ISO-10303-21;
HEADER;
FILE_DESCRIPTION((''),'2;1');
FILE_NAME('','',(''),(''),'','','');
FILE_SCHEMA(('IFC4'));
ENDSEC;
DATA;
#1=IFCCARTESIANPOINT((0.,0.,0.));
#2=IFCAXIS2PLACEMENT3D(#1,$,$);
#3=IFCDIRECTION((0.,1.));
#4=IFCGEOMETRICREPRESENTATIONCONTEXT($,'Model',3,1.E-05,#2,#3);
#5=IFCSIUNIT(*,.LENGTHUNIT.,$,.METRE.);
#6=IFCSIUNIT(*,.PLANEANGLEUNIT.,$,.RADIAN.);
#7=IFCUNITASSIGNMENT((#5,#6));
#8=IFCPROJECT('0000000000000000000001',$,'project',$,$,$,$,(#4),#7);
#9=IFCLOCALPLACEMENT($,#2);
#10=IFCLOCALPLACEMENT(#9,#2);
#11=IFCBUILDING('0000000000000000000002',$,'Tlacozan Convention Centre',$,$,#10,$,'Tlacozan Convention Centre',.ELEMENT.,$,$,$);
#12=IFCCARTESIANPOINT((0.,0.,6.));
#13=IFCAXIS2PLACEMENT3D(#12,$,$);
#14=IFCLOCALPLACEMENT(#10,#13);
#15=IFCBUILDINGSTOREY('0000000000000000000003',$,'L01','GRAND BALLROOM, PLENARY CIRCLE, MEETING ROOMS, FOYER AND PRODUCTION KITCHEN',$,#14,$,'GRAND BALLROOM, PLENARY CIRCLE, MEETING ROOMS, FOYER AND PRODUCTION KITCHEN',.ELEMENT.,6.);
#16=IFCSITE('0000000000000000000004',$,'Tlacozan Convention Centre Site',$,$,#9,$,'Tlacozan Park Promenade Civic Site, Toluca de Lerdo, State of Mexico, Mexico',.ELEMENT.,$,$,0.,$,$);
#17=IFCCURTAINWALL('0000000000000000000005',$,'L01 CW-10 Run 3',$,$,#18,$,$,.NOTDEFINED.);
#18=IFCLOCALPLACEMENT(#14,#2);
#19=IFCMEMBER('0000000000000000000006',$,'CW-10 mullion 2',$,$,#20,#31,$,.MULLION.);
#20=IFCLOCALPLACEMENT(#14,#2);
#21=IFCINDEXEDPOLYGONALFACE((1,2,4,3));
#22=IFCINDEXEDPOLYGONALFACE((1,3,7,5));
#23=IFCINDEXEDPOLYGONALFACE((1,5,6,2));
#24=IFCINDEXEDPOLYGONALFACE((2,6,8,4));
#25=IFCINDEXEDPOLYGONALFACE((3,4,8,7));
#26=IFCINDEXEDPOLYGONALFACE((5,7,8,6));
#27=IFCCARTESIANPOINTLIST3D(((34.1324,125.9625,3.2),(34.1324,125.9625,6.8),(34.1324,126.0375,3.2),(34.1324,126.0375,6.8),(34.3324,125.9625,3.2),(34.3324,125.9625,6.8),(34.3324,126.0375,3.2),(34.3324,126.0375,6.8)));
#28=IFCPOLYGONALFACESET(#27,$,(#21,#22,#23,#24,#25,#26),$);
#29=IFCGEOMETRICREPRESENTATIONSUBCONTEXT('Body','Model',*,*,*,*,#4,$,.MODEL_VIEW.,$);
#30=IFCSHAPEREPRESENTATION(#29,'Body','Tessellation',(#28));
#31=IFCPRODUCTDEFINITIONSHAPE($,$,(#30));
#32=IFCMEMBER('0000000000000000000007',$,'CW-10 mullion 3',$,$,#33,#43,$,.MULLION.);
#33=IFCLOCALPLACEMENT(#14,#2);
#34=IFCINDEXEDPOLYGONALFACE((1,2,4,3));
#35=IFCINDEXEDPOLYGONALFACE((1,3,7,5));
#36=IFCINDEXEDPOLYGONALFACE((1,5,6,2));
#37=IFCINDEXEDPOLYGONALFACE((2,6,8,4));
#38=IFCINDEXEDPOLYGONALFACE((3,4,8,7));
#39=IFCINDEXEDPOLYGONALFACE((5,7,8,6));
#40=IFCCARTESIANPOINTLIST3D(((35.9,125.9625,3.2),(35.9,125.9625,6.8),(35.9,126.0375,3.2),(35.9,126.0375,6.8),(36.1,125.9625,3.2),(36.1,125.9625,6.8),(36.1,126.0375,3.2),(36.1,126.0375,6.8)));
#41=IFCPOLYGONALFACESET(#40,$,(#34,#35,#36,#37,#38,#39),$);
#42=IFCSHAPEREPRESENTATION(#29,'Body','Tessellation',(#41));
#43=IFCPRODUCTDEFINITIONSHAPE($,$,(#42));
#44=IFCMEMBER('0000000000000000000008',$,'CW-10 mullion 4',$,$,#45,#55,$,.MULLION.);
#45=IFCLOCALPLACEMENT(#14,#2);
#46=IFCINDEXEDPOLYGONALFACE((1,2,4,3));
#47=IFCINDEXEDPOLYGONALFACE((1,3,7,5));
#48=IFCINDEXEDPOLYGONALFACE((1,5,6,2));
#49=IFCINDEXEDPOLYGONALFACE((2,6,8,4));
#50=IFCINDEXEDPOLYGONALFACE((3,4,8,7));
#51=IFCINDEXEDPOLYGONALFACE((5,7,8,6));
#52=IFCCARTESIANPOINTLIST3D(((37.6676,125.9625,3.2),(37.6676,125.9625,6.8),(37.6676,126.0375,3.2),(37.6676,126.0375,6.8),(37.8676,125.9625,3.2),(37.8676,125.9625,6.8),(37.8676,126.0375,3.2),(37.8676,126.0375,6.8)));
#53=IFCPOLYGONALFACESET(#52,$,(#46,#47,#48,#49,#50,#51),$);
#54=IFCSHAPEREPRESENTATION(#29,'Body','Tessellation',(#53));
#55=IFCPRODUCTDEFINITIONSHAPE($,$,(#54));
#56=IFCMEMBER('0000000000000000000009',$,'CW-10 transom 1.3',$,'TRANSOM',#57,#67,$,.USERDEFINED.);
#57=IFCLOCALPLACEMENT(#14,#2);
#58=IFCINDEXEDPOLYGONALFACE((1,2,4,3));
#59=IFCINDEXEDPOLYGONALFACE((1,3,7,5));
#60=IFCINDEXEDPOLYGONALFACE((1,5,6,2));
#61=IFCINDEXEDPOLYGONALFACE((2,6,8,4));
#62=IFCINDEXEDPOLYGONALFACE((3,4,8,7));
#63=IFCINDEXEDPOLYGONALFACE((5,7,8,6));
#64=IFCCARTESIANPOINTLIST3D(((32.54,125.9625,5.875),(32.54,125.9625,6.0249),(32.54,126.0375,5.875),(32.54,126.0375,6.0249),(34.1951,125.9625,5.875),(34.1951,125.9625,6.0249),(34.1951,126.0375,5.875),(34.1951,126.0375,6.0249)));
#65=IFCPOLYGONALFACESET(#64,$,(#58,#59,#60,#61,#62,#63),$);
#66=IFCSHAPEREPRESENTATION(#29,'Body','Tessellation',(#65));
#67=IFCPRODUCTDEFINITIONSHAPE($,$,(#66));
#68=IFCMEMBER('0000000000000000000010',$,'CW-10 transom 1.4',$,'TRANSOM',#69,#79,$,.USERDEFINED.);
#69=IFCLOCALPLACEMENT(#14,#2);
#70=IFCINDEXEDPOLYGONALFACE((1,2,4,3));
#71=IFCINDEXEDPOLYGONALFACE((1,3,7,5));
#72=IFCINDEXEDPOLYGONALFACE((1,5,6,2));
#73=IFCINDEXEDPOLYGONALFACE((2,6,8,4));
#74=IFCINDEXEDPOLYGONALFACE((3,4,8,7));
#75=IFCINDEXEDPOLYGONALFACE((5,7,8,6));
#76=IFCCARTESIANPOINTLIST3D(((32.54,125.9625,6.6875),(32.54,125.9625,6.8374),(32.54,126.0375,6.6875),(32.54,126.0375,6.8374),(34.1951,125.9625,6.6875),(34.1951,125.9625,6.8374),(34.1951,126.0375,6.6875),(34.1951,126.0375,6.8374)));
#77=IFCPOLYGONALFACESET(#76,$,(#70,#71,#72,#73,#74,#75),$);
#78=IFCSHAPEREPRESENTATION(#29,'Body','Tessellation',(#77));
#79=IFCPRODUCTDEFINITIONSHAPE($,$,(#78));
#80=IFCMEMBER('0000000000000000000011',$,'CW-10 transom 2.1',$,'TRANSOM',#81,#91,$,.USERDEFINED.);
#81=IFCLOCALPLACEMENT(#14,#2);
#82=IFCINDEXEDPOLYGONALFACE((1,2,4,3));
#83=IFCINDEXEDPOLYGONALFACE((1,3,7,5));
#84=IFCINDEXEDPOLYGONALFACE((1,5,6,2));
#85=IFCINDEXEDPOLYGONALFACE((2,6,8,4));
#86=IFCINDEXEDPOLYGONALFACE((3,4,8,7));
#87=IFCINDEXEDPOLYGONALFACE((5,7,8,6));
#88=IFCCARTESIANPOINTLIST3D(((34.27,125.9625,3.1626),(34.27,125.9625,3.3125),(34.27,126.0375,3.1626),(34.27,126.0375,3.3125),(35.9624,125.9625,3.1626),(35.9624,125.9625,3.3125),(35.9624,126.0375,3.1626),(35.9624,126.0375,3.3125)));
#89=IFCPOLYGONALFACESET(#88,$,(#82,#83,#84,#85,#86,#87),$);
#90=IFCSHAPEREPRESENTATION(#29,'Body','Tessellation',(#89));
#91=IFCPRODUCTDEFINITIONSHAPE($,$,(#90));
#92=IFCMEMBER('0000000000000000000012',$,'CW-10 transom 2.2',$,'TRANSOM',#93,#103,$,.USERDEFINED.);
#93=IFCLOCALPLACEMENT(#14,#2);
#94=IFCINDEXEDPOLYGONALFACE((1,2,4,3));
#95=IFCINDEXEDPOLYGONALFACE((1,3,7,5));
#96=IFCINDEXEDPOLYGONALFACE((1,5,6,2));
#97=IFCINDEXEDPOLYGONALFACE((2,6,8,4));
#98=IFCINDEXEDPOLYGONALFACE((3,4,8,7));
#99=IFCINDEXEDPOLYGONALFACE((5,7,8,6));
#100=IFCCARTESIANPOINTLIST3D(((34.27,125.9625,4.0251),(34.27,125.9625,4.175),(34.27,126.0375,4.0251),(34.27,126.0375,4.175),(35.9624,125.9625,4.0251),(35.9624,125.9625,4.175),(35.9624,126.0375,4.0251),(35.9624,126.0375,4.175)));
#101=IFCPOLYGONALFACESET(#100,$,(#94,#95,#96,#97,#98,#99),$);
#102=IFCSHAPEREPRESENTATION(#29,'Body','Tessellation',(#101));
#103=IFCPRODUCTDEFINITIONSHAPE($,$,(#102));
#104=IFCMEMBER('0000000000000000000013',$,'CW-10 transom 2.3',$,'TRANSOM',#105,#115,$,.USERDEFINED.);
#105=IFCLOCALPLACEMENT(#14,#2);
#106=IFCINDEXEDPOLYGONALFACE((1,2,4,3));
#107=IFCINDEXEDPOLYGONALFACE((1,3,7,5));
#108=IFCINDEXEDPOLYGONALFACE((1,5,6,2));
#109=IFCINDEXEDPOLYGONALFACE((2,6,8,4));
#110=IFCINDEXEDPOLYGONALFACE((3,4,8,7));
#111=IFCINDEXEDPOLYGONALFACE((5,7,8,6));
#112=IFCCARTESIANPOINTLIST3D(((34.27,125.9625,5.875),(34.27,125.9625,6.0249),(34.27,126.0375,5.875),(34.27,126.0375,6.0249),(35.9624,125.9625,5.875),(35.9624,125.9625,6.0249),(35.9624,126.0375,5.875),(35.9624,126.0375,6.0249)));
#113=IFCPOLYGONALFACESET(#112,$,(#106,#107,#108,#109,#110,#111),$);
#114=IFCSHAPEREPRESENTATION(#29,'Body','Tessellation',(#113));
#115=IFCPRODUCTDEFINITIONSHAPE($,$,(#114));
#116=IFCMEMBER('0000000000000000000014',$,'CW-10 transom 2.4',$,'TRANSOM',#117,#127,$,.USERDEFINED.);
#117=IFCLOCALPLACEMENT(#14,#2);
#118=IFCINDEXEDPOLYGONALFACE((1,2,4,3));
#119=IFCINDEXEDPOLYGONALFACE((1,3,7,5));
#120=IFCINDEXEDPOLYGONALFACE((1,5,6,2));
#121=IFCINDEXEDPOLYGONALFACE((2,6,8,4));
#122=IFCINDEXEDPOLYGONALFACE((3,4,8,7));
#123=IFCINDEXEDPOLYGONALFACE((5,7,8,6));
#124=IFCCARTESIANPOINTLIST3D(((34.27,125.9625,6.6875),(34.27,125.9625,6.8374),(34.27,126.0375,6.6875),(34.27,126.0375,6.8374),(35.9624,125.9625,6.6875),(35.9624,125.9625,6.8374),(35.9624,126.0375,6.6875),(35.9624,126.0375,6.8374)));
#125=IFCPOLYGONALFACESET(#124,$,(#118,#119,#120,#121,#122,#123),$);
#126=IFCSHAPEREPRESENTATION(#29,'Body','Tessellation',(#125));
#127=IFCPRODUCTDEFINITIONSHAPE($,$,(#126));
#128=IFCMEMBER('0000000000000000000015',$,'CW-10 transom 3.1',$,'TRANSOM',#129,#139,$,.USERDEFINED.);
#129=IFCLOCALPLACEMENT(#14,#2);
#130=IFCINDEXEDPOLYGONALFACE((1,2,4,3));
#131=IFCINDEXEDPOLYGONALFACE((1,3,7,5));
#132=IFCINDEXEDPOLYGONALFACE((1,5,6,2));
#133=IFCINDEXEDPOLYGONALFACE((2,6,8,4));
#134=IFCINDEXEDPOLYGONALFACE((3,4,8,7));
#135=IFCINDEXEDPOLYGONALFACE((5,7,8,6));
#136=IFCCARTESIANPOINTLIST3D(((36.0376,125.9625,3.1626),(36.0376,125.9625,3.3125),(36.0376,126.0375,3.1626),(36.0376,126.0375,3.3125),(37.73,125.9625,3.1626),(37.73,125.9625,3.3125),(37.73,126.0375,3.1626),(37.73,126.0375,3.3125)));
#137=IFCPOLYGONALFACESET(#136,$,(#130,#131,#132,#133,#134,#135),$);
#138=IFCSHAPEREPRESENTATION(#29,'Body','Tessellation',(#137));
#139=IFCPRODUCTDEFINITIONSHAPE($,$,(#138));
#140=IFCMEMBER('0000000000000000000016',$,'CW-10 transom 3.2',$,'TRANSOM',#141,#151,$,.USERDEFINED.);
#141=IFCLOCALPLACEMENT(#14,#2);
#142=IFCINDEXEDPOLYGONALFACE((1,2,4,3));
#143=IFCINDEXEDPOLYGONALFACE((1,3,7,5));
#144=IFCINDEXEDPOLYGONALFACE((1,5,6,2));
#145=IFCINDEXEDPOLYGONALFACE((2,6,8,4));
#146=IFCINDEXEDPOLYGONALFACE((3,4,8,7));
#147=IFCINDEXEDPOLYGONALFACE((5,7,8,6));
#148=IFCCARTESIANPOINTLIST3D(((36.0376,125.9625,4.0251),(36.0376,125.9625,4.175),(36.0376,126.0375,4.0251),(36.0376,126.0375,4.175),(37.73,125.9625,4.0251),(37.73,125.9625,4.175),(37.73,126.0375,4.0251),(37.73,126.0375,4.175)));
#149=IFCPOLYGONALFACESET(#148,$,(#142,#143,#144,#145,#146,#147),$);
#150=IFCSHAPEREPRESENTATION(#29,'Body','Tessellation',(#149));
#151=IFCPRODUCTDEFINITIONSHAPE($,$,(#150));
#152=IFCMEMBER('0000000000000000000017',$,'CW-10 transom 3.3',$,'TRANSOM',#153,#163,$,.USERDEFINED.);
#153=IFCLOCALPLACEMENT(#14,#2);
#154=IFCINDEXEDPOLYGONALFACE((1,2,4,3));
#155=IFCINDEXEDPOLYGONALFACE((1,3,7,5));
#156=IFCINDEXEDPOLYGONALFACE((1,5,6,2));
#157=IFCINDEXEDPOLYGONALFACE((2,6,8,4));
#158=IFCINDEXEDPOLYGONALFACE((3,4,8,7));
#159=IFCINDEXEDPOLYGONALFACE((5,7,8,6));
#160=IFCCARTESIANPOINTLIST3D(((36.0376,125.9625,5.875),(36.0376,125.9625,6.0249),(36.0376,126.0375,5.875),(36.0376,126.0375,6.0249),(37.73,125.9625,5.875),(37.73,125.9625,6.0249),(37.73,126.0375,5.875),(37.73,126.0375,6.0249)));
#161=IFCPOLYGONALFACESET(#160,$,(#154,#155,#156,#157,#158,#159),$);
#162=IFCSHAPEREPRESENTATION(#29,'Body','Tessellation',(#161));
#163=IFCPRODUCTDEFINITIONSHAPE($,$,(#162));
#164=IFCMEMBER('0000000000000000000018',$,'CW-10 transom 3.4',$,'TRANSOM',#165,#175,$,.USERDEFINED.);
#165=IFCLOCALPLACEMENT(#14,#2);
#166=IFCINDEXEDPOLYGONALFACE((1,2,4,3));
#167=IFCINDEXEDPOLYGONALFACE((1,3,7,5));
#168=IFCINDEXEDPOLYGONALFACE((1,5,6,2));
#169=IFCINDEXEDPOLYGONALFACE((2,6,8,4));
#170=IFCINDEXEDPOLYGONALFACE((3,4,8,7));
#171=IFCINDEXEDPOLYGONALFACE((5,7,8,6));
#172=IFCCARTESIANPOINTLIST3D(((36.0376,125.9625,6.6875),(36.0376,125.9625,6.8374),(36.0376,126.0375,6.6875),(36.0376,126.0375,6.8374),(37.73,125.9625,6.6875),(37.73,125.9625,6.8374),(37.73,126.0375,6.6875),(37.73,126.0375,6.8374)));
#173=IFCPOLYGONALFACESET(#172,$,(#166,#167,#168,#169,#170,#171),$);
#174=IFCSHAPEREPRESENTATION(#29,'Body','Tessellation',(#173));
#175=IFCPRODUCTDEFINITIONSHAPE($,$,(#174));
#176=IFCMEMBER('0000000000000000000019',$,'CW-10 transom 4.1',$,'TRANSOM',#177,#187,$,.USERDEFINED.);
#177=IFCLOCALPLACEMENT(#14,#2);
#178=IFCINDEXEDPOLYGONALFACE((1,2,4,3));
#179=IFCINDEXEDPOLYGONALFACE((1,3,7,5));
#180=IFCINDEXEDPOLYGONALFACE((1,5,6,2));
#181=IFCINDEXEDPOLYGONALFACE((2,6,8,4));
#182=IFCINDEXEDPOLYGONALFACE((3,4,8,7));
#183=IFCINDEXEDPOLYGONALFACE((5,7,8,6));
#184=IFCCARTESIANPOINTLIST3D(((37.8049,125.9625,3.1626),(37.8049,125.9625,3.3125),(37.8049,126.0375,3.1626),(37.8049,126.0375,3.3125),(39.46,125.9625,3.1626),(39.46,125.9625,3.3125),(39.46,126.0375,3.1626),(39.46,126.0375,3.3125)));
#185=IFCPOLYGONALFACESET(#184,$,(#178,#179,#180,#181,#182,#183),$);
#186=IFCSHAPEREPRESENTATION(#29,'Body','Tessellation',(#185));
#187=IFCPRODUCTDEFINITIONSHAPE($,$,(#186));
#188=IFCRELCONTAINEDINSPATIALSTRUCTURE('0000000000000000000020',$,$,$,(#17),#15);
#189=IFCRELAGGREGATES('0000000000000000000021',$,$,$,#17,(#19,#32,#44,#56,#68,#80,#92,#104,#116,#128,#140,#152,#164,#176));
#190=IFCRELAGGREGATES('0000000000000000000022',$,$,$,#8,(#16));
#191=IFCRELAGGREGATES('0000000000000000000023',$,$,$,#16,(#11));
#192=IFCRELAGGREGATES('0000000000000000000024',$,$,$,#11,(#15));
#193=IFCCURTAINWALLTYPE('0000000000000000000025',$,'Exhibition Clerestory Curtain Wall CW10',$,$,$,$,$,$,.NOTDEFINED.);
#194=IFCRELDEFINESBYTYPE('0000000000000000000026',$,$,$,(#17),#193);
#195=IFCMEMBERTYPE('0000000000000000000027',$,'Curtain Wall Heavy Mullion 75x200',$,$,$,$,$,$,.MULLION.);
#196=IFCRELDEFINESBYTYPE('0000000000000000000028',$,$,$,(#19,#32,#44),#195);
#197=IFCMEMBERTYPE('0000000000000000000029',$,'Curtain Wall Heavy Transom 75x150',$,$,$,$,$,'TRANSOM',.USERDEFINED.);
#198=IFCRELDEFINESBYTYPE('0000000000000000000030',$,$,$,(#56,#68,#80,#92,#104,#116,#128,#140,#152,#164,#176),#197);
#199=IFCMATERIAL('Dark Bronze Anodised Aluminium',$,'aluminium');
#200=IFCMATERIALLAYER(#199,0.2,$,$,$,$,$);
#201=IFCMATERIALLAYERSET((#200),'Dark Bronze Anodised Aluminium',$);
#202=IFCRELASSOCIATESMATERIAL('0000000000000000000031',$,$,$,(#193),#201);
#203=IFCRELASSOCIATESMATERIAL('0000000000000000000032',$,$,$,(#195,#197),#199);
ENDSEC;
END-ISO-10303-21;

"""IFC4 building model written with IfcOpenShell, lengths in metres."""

from ifc_helpers import new_model, si_unit, direction, frame, origin, origin_2d, place, context, subcontext, project, spatial, rectangle, extrude, material, layer, layer_set, material_profile, profile_set, type_object, element, aggregate, save


model = new_model("IFC4")

# Units and contexts
model_context = context("Model", 3, precision=1e-05, world=origin(), true_north=direction((0.0, 1.0)))
body_context = subcontext(model_context, "Body", "Model", "MODEL_VIEW")
ifc_project = project(units=[si_unit("LENGTHUNIT", "METRE"), si_unit("PLANEANGLEUNIT", "RADIAN")], contexts=[model_context])

# Site, building, storey
site_placement = place(None, origin())
site = spatial("IfcSite", under=ifc_project, at=site_placement, Name="Tlacozan Convention Centre Site", LongName="Tlacozan Park Promenade Civic Site, Toluca de Lerdo, State of Mexico, Mexico", CompositionType="ELEMENT", RefElevation=0.0)
building_placement = place(site_placement, origin())
building = spatial("IfcBuilding", under=site, at=building_placement, Name="Tlacozan Convention Centre", LongName="Tlacozan Convention Centre", CompositionType="ELEMENT")
storey_placement = place(building_placement, frame((0.0, 0.0, 6.0)))
storey = spatial("IfcBuildingStorey", under=building, at=storey_placement, Name="L01", Description="GRAND BALLROOM, PLENARY CIRCLE, MEETING ROOMS, FOYER AND PRODUCTION KITCHEN", LongName="GRAND BALLROOM, PLENARY CIRCLE, MEETING ROOMS, FOYER AND PRODUCTION KITCHEN", CompositionType="ELEMENT", Elevation=6.0)

# Curtain wall, members
ifc_material_1 = material(Name="Dark Bronze Anodised Aluminium", Category="aluminium")
ifc_layer_1 = layer(ifc_material_1, 0.2)
ifc_layer_set_1 = layer_set([ifc_layer_1], Name="Dark Bronze Anodised Aluminium")
curtain_wall_type = type_object("IfcCurtainWallType", Name="Exhibition Clerestory Curtain Wall CW10", PredefinedType="NOTDEFINED", material=ifc_layer_set_1)
curtain_wall_placement = place(storey_placement, origin())
curtain_wall = element("IfcCurtainWall", 1, at=curtain_wall_placement, inside=storey, type_object=curtain_wall_type, Name="L01 CW-10 Run 3", PredefinedType="NOTDEFINED")
ifc_material_profile_1 = material_profile(ifc_material_1, rectangle(XDim=0.075, YDim=0.2, at=origin_2d()), Name="ALU 75x200")
ifc_profile_set_1 = profile_set([ifc_material_profile_1], Name="Dark Bronze Anodised Aluminium")
member_type_1 = type_object("IfcMemberType", Name="Curtain Wall Heavy Mullion 75x200", PredefinedType="MULLION", material=ifc_profile_set_1)
member_1_placement = place(storey_placement, frame((34.2324, 126.0, 3.2), z_axis=(0.0, 0.0, 1.0), x_axis=(0.0, 1.0, 0.0)))
member_1 = element("IfcMember", 2, at=member_1_placement, type_object=member_type_1, Name="CW-10 mullion 2", PredefinedType="MULLION", context=body_context, shape_type="SweptSolid", body=[
    extrude(rectangle(XDim=0.075, YDim=0.2, at=origin_2d()), origin(), (0.0, 0.0, 1.0), 3.6001),
])
member_2_placement = place(storey_placement, frame((36.0, 126.0, 3.2), z_axis=(0.0, 0.0, 1.0), x_axis=(0.0, 1.0, 0.0)))
member_2 = element("IfcMember", 3, at=member_2_placement, type_object=member_type_1, Name="CW-10 mullion 3", PredefinedType="MULLION", context=body_context, shape_type="SweptSolid", body=[
    extrude(rectangle(XDim=0.075, YDim=0.2, at=origin_2d()), origin(), (0.0, 0.0, 1.0), 3.6001),
])
member_3_placement = place(storey_placement, frame((37.7676, 126.0, 3.2), z_axis=(0.0, 0.0, 1.0), x_axis=(0.0, 1.0, 0.0)))
member_3 = element("IfcMember", 4, at=member_3_placement, type_object=member_type_1, Name="CW-10 mullion 4", PredefinedType="MULLION", context=body_context, shape_type="SweptSolid", body=[
    extrude(rectangle(XDim=0.075, YDim=0.2, at=origin_2d()), origin(), (0.0, 0.0, 1.0), 3.6001),
])
ifc_material_profile_2 = material_profile(ifc_material_1, rectangle(XDim=0.075, YDim=0.1499, at=origin_2d()), Name="ALU 75x150")
ifc_profile_set_2 = profile_set([ifc_material_profile_2], Name="Dark Bronze Anodised Aluminium")
member_type_2 = type_object("IfcMemberType", Name="Curtain Wall Heavy Transom 75x150", ElementType="TRANSOM", PredefinedType="USERDEFINED", material=ifc_profile_set_2)
member_4_placement = place(storey_placement, frame((32.54, 126.0, 5.95), z_axis=(1.0, 0.0, 0.0), x_axis=(0.0, 1.0, 0.0)))
member_4 = element("IfcMember", 5, at=member_4_placement, type_object=member_type_2, Name="CW-10 transom 1.3", ObjectType="TRANSOM", PredefinedType="USERDEFINED", context=body_context, shape_type="SweptSolid", body=[
    extrude(rectangle(XDim=0.075, YDim=0.1499, at=origin_2d()), origin(), (0.0, 0.0, 1.0), 1.655),
])
member_5_placement = place(storey_placement, frame((32.54, 126.0, 6.7625), z_axis=(1.0, 0.0, 0.0), x_axis=(0.0, 1.0, 0.0)))
member_5 = element("IfcMember", 6, at=member_5_placement, type_object=member_type_2, Name="CW-10 transom 1.4", ObjectType="TRANSOM", PredefinedType="USERDEFINED", context=body_context, shape_type="SweptSolid", body=[
    extrude(rectangle(XDim=0.075, YDim=0.1499, at=origin_2d()), origin(), (0.0, 0.0, 1.0), 1.655),
])
member_6_placement = place(storey_placement, frame((34.27, 126.0, 3.2375), z_axis=(1.0, 0.0, 0.0), x_axis=(0.0, 1.0, 0.0)))
member_6 = element("IfcMember", 7, at=member_6_placement, type_object=member_type_2, Name="CW-10 transom 2.1", ObjectType="TRANSOM", PredefinedType="USERDEFINED", context=body_context, shape_type="SweptSolid", body=[
    extrude(rectangle(XDim=0.075, YDim=0.1499, at=origin_2d()), origin(), (0.0, 0.0, 1.0), 1.6924),
])
member_7_placement = place(storey_placement, frame((34.27, 126.0, 4.1001), z_axis=(1.0, 0.0, 0.0), x_axis=(0.0, 1.0, 0.0)))
member_7 = element("IfcMember", 8, at=member_7_placement, type_object=member_type_2, Name="CW-10 transom 2.2", ObjectType="TRANSOM", PredefinedType="USERDEFINED", context=body_context, shape_type="SweptSolid", body=[
    extrude(rectangle(XDim=0.075, YDim=0.1499, at=origin_2d()), origin(), (0.0, 0.0, 1.0), 1.6924),
])
member_8_placement = place(storey_placement, frame((34.27, 126.0, 5.95), z_axis=(1.0, 0.0, 0.0), x_axis=(0.0, 1.0, 0.0)))
member_8 = element("IfcMember", 9, at=member_8_placement, type_object=member_type_2, Name="CW-10 transom 2.3", ObjectType="TRANSOM", PredefinedType="USERDEFINED", context=body_context, shape_type="SweptSolid", body=[
    extrude(rectangle(XDim=0.075, YDim=0.1499, at=origin_2d()), origin(), (0.0, 0.0, 1.0), 1.6924),
])
member_9_placement = place(storey_placement, frame((34.27, 126.0, 6.7625), z_axis=(1.0, 0.0, 0.0), x_axis=(0.0, 1.0, 0.0)))
member_9 = element("IfcMember", 10, at=member_9_placement, type_object=member_type_2, Name="CW-10 transom 2.4", ObjectType="TRANSOM", PredefinedType="USERDEFINED", context=body_context, shape_type="SweptSolid", body=[
    extrude(rectangle(XDim=0.075, YDim=0.1499, at=origin_2d()), origin(), (0.0, 0.0, 1.0), 1.6924),
])
member_10_placement = place(storey_placement, frame((36.0376, 126.0, 3.2375), z_axis=(1.0, 0.0, 0.0), x_axis=(0.0, 1.0, 0.0)))
member_10 = element("IfcMember", 11, at=member_10_placement, type_object=member_type_2, Name="CW-10 transom 3.1", ObjectType="TRANSOM", PredefinedType="USERDEFINED", context=body_context, shape_type="SweptSolid", body=[
    extrude(rectangle(XDim=0.075, YDim=0.1499, at=origin_2d()), origin(), (0.0, 0.0, 1.0), 1.6924),
])
member_11_placement = place(storey_placement, frame((36.0376, 126.0, 4.1001), z_axis=(1.0, 0.0, 0.0), x_axis=(0.0, 1.0, 0.0)))
member_11 = element("IfcMember", 12, at=member_11_placement, type_object=member_type_2, Name="CW-10 transom 3.2", ObjectType="TRANSOM", PredefinedType="USERDEFINED", context=body_context, shape_type="SweptSolid", body=[
    extrude(rectangle(XDim=0.075, YDim=0.1499, at=origin_2d()), origin(), (0.0, 0.0, 1.0), 1.6924),
])
member_12_placement = place(storey_placement, frame((36.0376, 126.0, 5.95), z_axis=(1.0, 0.0, 0.0), x_axis=(0.0, 1.0, 0.0)))
member_12 = element("IfcMember", 13, at=member_12_placement, type_object=member_type_2, Name="CW-10 transom 3.3", ObjectType="TRANSOM", PredefinedType="USERDEFINED", context=body_context, shape_type="SweptSolid", body=[
    extrude(rectangle(XDim=0.075, YDim=0.1499, at=origin_2d()), origin(), (0.0, 0.0, 1.0), 1.6924),
])
member_13_placement = place(storey_placement, frame((36.0376, 126.0, 6.7625), z_axis=(1.0, 0.0, 0.0), x_axis=(0.0, 1.0, 0.0)))
member_13 = element("IfcMember", 14, at=member_13_placement, type_object=member_type_2, Name="CW-10 transom 3.4", ObjectType="TRANSOM", PredefinedType="USERDEFINED", context=body_context, shape_type="SweptSolid", body=[
    extrude(rectangle(XDim=0.075, YDim=0.1499, at=origin_2d()), origin(), (0.0, 0.0, 1.0), 1.6924),
])
member_14_placement = place(storey_placement, frame((37.8049, 126.0, 3.2375), z_axis=(1.0, 0.0, 0.0), x_axis=(0.0, 1.0, 0.0)))
member_14 = element("IfcMember", 15, at=member_14_placement, type_object=member_type_2, Name="CW-10 transom 4.1", ObjectType="TRANSOM", PredefinedType="USERDEFINED", context=body_context, shape_type="SweptSolid", body=[
    extrude(rectangle(XDim=0.075, YDim=0.1499, at=origin_2d()), origin(), (0.0, 0.0, 1.0), 1.655),
])
aggregate(curtain_wall, [member_1, member_2, member_3, member_4, member_5, member_6, member_7, member_8, member_9, member_10, member_11, member_12, member_13, member_14])

save(model, "model.ifc")
